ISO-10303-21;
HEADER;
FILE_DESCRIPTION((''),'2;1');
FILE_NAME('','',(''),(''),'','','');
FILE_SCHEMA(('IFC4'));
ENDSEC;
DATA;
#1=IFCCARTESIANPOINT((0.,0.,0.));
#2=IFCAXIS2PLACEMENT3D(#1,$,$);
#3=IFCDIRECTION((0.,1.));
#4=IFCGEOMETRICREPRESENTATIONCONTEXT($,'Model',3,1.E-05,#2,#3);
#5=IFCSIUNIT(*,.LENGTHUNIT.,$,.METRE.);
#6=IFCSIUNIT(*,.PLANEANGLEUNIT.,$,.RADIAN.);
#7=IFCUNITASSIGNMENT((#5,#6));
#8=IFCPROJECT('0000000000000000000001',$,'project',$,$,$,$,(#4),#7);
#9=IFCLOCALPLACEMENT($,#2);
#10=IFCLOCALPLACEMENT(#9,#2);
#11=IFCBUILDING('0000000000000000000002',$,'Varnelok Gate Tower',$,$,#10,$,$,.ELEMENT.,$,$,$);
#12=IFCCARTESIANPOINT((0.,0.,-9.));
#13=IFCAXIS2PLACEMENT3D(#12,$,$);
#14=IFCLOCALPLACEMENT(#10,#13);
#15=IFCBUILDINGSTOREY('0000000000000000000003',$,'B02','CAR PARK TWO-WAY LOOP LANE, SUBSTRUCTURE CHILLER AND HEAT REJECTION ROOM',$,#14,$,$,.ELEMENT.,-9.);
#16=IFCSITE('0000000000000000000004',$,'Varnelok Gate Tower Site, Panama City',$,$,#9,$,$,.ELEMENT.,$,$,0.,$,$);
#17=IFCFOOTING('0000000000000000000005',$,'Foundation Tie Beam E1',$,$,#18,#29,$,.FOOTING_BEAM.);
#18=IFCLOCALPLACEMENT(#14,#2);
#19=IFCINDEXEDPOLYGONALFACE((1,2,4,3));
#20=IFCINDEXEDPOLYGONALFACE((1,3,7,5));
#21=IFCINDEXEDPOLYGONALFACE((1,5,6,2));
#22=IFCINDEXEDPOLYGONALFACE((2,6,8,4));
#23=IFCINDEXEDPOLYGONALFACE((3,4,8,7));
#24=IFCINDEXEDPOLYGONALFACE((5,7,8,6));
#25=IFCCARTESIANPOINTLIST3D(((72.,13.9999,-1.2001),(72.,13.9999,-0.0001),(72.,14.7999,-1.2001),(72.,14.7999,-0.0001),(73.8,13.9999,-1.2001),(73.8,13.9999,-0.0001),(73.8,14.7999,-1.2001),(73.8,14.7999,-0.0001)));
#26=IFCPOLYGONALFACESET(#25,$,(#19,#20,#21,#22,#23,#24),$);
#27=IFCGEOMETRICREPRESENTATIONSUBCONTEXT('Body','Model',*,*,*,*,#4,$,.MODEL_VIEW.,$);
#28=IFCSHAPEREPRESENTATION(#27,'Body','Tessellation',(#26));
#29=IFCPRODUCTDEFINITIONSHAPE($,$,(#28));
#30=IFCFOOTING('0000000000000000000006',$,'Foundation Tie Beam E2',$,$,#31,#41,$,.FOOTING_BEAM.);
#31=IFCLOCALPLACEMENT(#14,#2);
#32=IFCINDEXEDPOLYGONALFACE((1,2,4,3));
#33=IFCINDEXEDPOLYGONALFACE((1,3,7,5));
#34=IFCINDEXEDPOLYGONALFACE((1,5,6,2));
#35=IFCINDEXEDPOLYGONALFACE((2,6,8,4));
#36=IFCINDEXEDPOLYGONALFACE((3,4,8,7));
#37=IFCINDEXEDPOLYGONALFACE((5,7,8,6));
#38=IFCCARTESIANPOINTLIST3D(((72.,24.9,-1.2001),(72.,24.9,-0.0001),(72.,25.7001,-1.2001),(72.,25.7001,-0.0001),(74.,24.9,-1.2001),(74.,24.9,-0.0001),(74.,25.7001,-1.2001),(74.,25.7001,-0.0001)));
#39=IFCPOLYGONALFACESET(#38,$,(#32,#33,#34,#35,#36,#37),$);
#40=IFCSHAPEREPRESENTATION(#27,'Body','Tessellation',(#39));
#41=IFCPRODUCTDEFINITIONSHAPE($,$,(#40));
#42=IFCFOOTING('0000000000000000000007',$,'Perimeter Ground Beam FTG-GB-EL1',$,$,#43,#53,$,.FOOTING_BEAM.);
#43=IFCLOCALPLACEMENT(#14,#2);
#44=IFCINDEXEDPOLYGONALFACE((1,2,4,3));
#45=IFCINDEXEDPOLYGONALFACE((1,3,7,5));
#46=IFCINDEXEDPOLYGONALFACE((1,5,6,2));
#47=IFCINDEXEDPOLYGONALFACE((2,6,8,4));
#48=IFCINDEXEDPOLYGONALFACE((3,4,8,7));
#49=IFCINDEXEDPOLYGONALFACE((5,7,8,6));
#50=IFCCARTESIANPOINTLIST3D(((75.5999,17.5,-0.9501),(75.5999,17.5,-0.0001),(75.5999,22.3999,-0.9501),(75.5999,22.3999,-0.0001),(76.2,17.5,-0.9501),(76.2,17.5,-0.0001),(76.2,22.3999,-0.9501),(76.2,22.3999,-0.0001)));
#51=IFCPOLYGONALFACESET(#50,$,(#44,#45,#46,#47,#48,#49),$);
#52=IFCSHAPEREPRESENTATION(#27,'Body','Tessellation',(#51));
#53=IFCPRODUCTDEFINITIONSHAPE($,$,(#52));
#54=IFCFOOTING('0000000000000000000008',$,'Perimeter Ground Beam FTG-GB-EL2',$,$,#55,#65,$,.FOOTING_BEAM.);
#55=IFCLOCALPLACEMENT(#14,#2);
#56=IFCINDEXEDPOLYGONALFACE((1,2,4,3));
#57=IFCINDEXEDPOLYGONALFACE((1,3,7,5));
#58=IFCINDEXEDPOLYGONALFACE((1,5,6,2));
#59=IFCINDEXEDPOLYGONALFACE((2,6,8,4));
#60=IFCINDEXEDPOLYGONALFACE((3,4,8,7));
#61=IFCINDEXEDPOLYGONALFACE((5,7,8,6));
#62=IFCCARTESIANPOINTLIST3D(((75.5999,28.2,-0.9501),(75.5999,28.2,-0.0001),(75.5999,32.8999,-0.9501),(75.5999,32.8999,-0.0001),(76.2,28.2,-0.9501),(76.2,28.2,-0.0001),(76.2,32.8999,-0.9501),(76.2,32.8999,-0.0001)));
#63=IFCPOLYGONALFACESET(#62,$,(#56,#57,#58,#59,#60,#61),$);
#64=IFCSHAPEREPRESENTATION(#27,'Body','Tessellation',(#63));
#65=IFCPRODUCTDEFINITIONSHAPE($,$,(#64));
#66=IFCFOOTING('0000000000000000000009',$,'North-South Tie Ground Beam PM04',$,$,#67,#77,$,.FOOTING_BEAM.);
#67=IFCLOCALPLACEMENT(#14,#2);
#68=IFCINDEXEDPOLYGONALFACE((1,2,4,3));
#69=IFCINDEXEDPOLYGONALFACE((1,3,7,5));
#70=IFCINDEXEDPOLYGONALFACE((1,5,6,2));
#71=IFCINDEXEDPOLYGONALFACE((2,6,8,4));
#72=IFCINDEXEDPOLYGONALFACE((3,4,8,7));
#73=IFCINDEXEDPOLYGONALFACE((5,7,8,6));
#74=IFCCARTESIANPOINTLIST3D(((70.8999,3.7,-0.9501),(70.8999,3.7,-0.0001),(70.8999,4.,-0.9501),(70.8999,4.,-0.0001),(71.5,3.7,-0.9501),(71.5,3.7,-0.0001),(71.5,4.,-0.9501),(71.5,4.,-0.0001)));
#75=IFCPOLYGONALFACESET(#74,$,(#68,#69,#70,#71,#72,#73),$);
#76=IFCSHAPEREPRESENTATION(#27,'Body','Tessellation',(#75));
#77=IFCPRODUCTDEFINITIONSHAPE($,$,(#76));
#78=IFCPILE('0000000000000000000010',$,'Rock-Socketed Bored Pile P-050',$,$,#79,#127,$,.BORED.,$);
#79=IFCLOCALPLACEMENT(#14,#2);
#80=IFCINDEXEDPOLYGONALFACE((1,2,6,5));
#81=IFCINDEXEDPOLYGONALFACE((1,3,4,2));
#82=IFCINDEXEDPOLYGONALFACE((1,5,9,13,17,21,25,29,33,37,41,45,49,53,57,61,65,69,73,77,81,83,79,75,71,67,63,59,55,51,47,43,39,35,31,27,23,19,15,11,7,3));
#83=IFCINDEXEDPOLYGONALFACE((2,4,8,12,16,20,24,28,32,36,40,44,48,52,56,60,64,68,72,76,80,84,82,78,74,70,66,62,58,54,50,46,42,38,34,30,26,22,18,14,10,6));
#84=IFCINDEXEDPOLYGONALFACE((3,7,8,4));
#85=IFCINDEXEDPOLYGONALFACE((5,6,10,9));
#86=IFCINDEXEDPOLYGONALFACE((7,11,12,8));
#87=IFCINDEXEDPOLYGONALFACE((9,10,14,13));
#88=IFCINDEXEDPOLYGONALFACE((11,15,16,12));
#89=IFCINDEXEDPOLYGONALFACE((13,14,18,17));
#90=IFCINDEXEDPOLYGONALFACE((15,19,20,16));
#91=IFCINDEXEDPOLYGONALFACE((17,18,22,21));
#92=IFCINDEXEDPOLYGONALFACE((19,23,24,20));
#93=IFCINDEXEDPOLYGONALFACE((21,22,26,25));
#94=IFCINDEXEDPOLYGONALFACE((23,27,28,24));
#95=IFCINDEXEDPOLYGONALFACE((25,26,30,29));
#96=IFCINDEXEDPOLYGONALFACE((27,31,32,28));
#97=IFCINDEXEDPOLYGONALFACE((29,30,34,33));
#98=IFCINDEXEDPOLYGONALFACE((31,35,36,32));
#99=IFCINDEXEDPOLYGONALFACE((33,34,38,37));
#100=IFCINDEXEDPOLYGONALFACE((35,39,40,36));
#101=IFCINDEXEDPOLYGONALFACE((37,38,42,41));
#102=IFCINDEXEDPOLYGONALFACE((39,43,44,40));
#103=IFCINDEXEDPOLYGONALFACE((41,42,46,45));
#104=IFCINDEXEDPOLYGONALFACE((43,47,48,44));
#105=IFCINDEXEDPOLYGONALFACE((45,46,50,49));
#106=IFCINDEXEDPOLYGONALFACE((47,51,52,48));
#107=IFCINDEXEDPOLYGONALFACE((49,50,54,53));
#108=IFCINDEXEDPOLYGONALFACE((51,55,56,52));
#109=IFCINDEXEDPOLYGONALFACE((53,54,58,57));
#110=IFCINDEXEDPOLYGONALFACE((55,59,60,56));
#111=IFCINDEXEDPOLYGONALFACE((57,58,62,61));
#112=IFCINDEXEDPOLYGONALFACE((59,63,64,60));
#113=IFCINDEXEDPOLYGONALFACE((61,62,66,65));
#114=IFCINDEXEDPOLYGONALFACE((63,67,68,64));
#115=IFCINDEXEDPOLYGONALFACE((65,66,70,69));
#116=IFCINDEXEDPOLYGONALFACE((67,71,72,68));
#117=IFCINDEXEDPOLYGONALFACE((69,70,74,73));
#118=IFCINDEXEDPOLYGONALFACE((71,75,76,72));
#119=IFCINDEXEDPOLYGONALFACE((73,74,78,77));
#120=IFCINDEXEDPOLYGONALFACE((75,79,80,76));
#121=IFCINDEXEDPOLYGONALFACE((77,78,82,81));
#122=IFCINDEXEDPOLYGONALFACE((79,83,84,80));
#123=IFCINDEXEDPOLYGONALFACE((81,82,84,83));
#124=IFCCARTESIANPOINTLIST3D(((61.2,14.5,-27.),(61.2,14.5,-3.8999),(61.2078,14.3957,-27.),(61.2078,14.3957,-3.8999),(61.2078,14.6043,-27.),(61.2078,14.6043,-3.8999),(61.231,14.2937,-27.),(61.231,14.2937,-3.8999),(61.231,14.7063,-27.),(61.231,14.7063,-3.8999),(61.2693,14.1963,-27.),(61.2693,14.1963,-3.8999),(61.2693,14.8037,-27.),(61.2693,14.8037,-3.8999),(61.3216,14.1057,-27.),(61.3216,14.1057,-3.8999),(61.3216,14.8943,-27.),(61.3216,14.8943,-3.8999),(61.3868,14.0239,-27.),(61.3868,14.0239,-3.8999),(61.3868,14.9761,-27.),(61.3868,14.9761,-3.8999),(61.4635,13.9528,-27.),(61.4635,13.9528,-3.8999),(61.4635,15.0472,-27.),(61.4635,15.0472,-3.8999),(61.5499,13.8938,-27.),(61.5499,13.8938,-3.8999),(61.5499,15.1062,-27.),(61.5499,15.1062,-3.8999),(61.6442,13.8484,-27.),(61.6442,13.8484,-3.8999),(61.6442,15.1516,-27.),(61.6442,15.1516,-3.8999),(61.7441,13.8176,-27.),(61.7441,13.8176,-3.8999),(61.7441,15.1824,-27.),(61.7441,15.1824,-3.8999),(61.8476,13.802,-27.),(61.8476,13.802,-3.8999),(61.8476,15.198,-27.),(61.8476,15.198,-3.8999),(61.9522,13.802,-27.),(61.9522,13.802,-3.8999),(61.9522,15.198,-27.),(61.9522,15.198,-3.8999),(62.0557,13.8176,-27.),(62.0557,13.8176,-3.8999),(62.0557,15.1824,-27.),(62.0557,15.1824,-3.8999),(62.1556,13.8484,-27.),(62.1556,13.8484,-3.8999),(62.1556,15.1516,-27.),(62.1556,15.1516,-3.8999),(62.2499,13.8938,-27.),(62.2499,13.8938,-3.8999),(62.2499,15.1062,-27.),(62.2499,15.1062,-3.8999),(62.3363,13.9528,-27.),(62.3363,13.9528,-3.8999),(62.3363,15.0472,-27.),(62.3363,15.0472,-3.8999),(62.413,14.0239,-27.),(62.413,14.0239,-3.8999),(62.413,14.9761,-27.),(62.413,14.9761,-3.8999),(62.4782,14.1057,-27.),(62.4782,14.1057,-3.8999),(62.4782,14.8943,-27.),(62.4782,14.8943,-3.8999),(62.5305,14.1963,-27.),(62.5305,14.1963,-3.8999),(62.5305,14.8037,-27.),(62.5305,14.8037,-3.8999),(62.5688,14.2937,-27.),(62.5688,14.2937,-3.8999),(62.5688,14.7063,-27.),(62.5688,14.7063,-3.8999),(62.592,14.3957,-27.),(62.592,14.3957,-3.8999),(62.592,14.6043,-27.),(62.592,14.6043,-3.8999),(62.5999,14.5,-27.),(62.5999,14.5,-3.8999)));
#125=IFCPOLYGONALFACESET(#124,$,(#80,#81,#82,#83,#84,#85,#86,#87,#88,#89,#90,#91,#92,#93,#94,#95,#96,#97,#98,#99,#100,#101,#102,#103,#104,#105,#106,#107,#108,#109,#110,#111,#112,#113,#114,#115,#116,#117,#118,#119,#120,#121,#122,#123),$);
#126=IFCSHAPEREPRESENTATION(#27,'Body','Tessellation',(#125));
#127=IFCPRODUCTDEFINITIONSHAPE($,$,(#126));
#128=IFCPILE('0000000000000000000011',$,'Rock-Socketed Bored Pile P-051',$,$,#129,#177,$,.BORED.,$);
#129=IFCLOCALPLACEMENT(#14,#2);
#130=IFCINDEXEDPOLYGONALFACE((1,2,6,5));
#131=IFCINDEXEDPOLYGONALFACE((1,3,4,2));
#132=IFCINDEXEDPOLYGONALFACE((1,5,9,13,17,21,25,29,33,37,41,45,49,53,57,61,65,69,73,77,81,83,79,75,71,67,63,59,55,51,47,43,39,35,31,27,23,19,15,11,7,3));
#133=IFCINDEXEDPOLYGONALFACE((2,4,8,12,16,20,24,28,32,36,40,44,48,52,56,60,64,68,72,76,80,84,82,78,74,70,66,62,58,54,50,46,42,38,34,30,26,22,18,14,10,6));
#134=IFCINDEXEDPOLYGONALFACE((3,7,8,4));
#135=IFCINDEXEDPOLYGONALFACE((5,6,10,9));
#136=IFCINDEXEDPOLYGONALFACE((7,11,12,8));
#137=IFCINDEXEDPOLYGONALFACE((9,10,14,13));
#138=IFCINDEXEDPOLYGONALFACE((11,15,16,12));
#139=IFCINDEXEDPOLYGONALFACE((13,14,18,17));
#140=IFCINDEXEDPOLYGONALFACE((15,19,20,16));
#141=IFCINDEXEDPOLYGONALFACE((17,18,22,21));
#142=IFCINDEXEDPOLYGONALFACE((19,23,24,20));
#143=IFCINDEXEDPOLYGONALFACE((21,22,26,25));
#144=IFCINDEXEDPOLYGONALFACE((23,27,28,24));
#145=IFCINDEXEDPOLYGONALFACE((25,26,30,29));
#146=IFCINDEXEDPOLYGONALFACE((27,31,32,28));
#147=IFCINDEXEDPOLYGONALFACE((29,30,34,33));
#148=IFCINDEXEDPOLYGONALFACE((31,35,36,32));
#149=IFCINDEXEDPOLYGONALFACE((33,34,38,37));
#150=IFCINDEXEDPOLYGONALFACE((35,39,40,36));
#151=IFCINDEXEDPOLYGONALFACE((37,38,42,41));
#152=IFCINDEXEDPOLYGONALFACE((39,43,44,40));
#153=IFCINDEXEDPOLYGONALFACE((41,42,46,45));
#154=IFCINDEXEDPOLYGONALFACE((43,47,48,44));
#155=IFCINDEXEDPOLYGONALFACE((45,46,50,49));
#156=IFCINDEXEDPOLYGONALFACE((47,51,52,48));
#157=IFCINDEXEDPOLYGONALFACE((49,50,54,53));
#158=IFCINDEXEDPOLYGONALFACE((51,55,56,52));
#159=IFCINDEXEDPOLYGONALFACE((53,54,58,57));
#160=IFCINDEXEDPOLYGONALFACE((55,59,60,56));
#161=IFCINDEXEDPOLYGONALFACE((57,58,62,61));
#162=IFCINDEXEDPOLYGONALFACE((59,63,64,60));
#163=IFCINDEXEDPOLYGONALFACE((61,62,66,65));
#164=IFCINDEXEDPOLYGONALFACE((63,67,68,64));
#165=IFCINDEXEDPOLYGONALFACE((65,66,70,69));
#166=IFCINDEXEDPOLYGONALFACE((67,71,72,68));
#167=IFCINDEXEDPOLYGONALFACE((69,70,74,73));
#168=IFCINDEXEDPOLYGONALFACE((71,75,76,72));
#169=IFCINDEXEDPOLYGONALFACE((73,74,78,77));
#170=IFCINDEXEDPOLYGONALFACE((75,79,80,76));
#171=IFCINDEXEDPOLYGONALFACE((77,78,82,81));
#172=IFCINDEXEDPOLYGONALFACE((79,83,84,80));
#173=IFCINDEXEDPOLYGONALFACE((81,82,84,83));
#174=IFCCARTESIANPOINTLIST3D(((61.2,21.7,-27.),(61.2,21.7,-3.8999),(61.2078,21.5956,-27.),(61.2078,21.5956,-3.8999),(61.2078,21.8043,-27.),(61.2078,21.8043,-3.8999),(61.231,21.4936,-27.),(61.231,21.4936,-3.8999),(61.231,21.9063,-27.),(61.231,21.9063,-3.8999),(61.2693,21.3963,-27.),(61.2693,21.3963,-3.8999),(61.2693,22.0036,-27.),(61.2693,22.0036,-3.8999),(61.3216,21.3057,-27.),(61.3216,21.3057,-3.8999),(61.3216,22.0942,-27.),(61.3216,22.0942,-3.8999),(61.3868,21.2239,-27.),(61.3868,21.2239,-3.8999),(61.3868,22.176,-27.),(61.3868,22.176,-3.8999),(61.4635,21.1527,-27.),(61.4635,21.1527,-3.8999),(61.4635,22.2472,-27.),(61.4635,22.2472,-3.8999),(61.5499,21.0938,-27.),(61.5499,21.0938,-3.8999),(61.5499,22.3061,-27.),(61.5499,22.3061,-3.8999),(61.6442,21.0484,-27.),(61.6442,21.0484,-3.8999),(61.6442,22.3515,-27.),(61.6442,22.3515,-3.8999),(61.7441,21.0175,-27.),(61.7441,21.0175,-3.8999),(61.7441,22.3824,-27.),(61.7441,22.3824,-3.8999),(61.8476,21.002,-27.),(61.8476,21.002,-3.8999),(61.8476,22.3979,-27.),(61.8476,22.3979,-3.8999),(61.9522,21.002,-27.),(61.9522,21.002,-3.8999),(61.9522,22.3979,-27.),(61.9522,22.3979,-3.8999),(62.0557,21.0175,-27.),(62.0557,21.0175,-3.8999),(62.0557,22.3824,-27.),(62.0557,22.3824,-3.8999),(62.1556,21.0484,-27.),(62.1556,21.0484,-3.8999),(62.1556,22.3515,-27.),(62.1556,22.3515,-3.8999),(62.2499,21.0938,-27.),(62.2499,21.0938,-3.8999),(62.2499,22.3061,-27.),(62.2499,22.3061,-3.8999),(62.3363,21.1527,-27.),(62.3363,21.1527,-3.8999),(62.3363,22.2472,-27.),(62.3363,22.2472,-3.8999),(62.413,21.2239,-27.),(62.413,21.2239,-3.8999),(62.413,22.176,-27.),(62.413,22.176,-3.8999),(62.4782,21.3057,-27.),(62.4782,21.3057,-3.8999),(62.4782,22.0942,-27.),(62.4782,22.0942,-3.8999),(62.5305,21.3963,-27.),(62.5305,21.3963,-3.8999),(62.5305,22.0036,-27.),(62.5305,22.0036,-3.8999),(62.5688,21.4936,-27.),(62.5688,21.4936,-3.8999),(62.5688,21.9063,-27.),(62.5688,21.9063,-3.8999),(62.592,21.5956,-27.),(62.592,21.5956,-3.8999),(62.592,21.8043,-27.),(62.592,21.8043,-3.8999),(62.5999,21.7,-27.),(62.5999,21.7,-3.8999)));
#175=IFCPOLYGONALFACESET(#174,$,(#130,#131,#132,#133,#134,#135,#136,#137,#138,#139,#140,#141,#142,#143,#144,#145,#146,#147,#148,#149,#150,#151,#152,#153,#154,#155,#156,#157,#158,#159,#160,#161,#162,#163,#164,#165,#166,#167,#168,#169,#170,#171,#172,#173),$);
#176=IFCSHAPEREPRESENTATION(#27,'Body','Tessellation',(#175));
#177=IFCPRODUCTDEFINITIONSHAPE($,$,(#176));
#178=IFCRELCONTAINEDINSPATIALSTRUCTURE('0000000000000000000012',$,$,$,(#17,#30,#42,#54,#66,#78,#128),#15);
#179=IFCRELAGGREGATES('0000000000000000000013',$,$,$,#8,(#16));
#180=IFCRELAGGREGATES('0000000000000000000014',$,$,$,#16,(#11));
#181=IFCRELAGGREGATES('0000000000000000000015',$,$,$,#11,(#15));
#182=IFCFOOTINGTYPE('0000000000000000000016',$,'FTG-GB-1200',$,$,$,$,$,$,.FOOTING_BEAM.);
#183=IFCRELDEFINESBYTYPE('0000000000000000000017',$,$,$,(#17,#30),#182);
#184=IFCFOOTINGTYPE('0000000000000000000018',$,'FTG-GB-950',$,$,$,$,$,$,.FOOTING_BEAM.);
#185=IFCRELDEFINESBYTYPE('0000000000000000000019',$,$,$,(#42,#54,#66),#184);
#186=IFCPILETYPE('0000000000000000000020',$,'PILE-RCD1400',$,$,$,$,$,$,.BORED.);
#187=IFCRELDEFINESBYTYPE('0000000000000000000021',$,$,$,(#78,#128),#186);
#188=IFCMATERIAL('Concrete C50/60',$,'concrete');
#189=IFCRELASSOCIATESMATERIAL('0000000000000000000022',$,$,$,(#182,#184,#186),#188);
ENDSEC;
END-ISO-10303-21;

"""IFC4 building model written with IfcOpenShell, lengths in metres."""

from ifc_helpers import new_model, si_unit, direction, frame, origin, origin_2d, place, context, subcontext, project, spatial, rectangle, circle, extrude, material, material_profile, profile_set, type_object, element, save


model = new_model("IFC4")

# Units and contexts
model_context = context("Model", 3, precision=1e-05, world=origin(), true_north=direction((0.0, 1.0)))
body_context = subcontext(model_context, "Body", "Model", "MODEL_VIEW")
ifc_project = project(units=[si_unit("LENGTHUNIT", "METRE"), si_unit("PLANEANGLEUNIT", "RADIAN")], contexts=[model_context])

# Site, building, storey
site_placement = place(None, origin())
site = spatial("IfcSite", under=ifc_project, at=site_placement, Name="Varnelok Gate Tower Site, Panama City", CompositionType="ELEMENT", RefElevation=0.0)
building_placement = place(site_placement, origin())
building = spatial("IfcBuilding", under=site, at=building_placement, Name="Varnelok Gate Tower", CompositionType="ELEMENT")
storey_placement = place(building_placement, frame((0.0, 0.0, -9.0)))
storey = spatial("IfcBuildingStorey", under=building, at=storey_placement, Name="B02", Description="CAR PARK TWO-WAY LOOP LANE, SUBSTRUCTURE CHILLER AND HEAT REJECTION ROOM", CompositionType="ELEMENT", Elevation=-9.0)

# Footings
ifc_material_1 = material(Name="Concrete C50/60", Category="concrete")
ifc_material_profile_1 = material_profile(ifc_material_1, rectangle(XDim=0.8, YDim=1.2, at=origin_2d()), Name="RC1200X800")
ifc_profile_set_1 = profile_set([ifc_material_profile_1], Name="Concrete C50/60")
footing_type_1 = type_object("IfcFootingType", Name="FTG-GB-1200", PredefinedType="FOOTING_BEAM", material=ifc_profile_set_1)
footing_1_placement = place(storey_placement, frame((72.0, 14.3999, -0.6001), z_axis=(1.0, 0.0, 0.0), x_axis=(0.0, 1.0, 0.0)))
element("IfcFooting", 1, at=footing_1_placement, inside=storey, type_object=footing_type_1, Name="Foundation Tie Beam E1", PredefinedType="FOOTING_BEAM", context=body_context, shape_type="SweptSolid", body=[
    extrude(rectangle(XDim=0.8, YDim=1.2, at=origin_2d()), origin(), (0.0, 0.0, 1.0), 1.8),
])
footing_2_placement = place(storey_placement, frame((72.0, 25.3, -0.6001), z_axis=(1.0, 0.0, 0.0), x_axis=(0.0, 1.0, 0.0)))
element("IfcFooting", 2, at=footing_2_placement, inside=storey, type_object=footing_type_1, Name="Foundation Tie Beam E2", PredefinedType="FOOTING_BEAM", context=body_context, shape_type="SweptSolid", body=[
    extrude(rectangle(XDim=0.8, YDim=1.2, at=origin_2d()), origin(), (0.0, 0.0, 1.0), 2.0),
])
ifc_material_profile_2 = material_profile(ifc_material_1, rectangle(XDim=0.6001, YDim=0.95, at=origin_2d()), Name="RC950X600")
ifc_profile_set_2 = profile_set([ifc_material_profile_2], Name="Concrete C50/60")
footing_type_2 = type_object("IfcFootingType", Name="FTG-GB-950", PredefinedType="FOOTING_BEAM", material=ifc_profile_set_2)
footing_3_placement = place(storey_placement, frame((75.8999, 17.5, -0.4751), z_axis=(0.0, 1.0, 0.0), x_axis=(-1.0, 0.0, 0.0)))
element("IfcFooting", 3, at=footing_3_placement, inside=storey, type_object=footing_type_2, Name="Perimeter Ground Beam FTG-GB-EL1", PredefinedType="FOOTING_BEAM", context=body_context, shape_type="SweptSolid", body=[
    extrude(rectangle(XDim=0.6001, YDim=0.95, at=origin_2d()), origin(), (0.0, 0.0, 1.0), 4.8999),
])
footing_4_placement = place(storey_placement, frame((75.8999, 28.2, -0.4751), z_axis=(0.0, 1.0, 0.0), x_axis=(-1.0, 0.0, 0.0)))
element("IfcFooting", 4, at=footing_4_placement, inside=storey, type_object=footing_type_2, Name="Perimeter Ground Beam FTG-GB-EL2", PredefinedType="FOOTING_BEAM", context=body_context, shape_type="SweptSolid", body=[
    extrude(rectangle(XDim=0.6001, YDim=0.95, at=origin_2d()), origin(), (0.0, 0.0, 1.0), 4.7),
])
footing_5_placement = place(storey_placement, frame((71.2, 3.7, -0.4751), z_axis=(0.0, 1.0, 0.0), x_axis=(-1.0, 0.0, 0.0)))
element("IfcFooting", 5, at=footing_5_placement, inside=storey, type_object=footing_type_2, Name="North-South Tie Ground Beam PM04", PredefinedType="FOOTING_BEAM", context=body_context, shape_type="SweptSolid", body=[
    extrude(rectangle(XDim=0.6001, YDim=0.95, at=origin_2d()), origin(), (0.0, 0.0, 1.0), 0.3),
])

# Piles
ifc_material_profile_3 = material_profile(ifc_material_1, circle(Radius=0.7, at=origin_2d()), Name="RCD1400")
ifc_profile_set_3 = profile_set([ifc_material_profile_3], Name="Concrete C50/60")
pile_type = type_object("IfcPileType", Name="PILE-RCD1400", PredefinedType="BORED", material=ifc_profile_set_3)
for number, where, z_axis, x_axis, name in (
    (6, (61.8999, 14.5, -3.8999), (0.0, 0.0, -1.0), (1.0, 0.0, 0.0), "Rock-Socketed Bored Pile P-050"),
    (7, (61.8999, 21.7, -3.8999), (0.0, 0.0, -1.0), (1.0, 0.0, 0.0), "Rock-Socketed Bored Pile P-051"),
):
    element("IfcPile", number, at=place(storey_placement, frame(where, z_axis=z_axis, x_axis=x_axis)), inside=storey, type_object=pile_type, Name=name, PredefinedType="BORED", context=body_context, shape_type="SweptSolid", body=[
        extrude(circle(Radius=0.7, at=origin_2d()), origin(), (0.0, 0.0, 1.0), 23.1001),
    ])

save(model, "model.ifc")
